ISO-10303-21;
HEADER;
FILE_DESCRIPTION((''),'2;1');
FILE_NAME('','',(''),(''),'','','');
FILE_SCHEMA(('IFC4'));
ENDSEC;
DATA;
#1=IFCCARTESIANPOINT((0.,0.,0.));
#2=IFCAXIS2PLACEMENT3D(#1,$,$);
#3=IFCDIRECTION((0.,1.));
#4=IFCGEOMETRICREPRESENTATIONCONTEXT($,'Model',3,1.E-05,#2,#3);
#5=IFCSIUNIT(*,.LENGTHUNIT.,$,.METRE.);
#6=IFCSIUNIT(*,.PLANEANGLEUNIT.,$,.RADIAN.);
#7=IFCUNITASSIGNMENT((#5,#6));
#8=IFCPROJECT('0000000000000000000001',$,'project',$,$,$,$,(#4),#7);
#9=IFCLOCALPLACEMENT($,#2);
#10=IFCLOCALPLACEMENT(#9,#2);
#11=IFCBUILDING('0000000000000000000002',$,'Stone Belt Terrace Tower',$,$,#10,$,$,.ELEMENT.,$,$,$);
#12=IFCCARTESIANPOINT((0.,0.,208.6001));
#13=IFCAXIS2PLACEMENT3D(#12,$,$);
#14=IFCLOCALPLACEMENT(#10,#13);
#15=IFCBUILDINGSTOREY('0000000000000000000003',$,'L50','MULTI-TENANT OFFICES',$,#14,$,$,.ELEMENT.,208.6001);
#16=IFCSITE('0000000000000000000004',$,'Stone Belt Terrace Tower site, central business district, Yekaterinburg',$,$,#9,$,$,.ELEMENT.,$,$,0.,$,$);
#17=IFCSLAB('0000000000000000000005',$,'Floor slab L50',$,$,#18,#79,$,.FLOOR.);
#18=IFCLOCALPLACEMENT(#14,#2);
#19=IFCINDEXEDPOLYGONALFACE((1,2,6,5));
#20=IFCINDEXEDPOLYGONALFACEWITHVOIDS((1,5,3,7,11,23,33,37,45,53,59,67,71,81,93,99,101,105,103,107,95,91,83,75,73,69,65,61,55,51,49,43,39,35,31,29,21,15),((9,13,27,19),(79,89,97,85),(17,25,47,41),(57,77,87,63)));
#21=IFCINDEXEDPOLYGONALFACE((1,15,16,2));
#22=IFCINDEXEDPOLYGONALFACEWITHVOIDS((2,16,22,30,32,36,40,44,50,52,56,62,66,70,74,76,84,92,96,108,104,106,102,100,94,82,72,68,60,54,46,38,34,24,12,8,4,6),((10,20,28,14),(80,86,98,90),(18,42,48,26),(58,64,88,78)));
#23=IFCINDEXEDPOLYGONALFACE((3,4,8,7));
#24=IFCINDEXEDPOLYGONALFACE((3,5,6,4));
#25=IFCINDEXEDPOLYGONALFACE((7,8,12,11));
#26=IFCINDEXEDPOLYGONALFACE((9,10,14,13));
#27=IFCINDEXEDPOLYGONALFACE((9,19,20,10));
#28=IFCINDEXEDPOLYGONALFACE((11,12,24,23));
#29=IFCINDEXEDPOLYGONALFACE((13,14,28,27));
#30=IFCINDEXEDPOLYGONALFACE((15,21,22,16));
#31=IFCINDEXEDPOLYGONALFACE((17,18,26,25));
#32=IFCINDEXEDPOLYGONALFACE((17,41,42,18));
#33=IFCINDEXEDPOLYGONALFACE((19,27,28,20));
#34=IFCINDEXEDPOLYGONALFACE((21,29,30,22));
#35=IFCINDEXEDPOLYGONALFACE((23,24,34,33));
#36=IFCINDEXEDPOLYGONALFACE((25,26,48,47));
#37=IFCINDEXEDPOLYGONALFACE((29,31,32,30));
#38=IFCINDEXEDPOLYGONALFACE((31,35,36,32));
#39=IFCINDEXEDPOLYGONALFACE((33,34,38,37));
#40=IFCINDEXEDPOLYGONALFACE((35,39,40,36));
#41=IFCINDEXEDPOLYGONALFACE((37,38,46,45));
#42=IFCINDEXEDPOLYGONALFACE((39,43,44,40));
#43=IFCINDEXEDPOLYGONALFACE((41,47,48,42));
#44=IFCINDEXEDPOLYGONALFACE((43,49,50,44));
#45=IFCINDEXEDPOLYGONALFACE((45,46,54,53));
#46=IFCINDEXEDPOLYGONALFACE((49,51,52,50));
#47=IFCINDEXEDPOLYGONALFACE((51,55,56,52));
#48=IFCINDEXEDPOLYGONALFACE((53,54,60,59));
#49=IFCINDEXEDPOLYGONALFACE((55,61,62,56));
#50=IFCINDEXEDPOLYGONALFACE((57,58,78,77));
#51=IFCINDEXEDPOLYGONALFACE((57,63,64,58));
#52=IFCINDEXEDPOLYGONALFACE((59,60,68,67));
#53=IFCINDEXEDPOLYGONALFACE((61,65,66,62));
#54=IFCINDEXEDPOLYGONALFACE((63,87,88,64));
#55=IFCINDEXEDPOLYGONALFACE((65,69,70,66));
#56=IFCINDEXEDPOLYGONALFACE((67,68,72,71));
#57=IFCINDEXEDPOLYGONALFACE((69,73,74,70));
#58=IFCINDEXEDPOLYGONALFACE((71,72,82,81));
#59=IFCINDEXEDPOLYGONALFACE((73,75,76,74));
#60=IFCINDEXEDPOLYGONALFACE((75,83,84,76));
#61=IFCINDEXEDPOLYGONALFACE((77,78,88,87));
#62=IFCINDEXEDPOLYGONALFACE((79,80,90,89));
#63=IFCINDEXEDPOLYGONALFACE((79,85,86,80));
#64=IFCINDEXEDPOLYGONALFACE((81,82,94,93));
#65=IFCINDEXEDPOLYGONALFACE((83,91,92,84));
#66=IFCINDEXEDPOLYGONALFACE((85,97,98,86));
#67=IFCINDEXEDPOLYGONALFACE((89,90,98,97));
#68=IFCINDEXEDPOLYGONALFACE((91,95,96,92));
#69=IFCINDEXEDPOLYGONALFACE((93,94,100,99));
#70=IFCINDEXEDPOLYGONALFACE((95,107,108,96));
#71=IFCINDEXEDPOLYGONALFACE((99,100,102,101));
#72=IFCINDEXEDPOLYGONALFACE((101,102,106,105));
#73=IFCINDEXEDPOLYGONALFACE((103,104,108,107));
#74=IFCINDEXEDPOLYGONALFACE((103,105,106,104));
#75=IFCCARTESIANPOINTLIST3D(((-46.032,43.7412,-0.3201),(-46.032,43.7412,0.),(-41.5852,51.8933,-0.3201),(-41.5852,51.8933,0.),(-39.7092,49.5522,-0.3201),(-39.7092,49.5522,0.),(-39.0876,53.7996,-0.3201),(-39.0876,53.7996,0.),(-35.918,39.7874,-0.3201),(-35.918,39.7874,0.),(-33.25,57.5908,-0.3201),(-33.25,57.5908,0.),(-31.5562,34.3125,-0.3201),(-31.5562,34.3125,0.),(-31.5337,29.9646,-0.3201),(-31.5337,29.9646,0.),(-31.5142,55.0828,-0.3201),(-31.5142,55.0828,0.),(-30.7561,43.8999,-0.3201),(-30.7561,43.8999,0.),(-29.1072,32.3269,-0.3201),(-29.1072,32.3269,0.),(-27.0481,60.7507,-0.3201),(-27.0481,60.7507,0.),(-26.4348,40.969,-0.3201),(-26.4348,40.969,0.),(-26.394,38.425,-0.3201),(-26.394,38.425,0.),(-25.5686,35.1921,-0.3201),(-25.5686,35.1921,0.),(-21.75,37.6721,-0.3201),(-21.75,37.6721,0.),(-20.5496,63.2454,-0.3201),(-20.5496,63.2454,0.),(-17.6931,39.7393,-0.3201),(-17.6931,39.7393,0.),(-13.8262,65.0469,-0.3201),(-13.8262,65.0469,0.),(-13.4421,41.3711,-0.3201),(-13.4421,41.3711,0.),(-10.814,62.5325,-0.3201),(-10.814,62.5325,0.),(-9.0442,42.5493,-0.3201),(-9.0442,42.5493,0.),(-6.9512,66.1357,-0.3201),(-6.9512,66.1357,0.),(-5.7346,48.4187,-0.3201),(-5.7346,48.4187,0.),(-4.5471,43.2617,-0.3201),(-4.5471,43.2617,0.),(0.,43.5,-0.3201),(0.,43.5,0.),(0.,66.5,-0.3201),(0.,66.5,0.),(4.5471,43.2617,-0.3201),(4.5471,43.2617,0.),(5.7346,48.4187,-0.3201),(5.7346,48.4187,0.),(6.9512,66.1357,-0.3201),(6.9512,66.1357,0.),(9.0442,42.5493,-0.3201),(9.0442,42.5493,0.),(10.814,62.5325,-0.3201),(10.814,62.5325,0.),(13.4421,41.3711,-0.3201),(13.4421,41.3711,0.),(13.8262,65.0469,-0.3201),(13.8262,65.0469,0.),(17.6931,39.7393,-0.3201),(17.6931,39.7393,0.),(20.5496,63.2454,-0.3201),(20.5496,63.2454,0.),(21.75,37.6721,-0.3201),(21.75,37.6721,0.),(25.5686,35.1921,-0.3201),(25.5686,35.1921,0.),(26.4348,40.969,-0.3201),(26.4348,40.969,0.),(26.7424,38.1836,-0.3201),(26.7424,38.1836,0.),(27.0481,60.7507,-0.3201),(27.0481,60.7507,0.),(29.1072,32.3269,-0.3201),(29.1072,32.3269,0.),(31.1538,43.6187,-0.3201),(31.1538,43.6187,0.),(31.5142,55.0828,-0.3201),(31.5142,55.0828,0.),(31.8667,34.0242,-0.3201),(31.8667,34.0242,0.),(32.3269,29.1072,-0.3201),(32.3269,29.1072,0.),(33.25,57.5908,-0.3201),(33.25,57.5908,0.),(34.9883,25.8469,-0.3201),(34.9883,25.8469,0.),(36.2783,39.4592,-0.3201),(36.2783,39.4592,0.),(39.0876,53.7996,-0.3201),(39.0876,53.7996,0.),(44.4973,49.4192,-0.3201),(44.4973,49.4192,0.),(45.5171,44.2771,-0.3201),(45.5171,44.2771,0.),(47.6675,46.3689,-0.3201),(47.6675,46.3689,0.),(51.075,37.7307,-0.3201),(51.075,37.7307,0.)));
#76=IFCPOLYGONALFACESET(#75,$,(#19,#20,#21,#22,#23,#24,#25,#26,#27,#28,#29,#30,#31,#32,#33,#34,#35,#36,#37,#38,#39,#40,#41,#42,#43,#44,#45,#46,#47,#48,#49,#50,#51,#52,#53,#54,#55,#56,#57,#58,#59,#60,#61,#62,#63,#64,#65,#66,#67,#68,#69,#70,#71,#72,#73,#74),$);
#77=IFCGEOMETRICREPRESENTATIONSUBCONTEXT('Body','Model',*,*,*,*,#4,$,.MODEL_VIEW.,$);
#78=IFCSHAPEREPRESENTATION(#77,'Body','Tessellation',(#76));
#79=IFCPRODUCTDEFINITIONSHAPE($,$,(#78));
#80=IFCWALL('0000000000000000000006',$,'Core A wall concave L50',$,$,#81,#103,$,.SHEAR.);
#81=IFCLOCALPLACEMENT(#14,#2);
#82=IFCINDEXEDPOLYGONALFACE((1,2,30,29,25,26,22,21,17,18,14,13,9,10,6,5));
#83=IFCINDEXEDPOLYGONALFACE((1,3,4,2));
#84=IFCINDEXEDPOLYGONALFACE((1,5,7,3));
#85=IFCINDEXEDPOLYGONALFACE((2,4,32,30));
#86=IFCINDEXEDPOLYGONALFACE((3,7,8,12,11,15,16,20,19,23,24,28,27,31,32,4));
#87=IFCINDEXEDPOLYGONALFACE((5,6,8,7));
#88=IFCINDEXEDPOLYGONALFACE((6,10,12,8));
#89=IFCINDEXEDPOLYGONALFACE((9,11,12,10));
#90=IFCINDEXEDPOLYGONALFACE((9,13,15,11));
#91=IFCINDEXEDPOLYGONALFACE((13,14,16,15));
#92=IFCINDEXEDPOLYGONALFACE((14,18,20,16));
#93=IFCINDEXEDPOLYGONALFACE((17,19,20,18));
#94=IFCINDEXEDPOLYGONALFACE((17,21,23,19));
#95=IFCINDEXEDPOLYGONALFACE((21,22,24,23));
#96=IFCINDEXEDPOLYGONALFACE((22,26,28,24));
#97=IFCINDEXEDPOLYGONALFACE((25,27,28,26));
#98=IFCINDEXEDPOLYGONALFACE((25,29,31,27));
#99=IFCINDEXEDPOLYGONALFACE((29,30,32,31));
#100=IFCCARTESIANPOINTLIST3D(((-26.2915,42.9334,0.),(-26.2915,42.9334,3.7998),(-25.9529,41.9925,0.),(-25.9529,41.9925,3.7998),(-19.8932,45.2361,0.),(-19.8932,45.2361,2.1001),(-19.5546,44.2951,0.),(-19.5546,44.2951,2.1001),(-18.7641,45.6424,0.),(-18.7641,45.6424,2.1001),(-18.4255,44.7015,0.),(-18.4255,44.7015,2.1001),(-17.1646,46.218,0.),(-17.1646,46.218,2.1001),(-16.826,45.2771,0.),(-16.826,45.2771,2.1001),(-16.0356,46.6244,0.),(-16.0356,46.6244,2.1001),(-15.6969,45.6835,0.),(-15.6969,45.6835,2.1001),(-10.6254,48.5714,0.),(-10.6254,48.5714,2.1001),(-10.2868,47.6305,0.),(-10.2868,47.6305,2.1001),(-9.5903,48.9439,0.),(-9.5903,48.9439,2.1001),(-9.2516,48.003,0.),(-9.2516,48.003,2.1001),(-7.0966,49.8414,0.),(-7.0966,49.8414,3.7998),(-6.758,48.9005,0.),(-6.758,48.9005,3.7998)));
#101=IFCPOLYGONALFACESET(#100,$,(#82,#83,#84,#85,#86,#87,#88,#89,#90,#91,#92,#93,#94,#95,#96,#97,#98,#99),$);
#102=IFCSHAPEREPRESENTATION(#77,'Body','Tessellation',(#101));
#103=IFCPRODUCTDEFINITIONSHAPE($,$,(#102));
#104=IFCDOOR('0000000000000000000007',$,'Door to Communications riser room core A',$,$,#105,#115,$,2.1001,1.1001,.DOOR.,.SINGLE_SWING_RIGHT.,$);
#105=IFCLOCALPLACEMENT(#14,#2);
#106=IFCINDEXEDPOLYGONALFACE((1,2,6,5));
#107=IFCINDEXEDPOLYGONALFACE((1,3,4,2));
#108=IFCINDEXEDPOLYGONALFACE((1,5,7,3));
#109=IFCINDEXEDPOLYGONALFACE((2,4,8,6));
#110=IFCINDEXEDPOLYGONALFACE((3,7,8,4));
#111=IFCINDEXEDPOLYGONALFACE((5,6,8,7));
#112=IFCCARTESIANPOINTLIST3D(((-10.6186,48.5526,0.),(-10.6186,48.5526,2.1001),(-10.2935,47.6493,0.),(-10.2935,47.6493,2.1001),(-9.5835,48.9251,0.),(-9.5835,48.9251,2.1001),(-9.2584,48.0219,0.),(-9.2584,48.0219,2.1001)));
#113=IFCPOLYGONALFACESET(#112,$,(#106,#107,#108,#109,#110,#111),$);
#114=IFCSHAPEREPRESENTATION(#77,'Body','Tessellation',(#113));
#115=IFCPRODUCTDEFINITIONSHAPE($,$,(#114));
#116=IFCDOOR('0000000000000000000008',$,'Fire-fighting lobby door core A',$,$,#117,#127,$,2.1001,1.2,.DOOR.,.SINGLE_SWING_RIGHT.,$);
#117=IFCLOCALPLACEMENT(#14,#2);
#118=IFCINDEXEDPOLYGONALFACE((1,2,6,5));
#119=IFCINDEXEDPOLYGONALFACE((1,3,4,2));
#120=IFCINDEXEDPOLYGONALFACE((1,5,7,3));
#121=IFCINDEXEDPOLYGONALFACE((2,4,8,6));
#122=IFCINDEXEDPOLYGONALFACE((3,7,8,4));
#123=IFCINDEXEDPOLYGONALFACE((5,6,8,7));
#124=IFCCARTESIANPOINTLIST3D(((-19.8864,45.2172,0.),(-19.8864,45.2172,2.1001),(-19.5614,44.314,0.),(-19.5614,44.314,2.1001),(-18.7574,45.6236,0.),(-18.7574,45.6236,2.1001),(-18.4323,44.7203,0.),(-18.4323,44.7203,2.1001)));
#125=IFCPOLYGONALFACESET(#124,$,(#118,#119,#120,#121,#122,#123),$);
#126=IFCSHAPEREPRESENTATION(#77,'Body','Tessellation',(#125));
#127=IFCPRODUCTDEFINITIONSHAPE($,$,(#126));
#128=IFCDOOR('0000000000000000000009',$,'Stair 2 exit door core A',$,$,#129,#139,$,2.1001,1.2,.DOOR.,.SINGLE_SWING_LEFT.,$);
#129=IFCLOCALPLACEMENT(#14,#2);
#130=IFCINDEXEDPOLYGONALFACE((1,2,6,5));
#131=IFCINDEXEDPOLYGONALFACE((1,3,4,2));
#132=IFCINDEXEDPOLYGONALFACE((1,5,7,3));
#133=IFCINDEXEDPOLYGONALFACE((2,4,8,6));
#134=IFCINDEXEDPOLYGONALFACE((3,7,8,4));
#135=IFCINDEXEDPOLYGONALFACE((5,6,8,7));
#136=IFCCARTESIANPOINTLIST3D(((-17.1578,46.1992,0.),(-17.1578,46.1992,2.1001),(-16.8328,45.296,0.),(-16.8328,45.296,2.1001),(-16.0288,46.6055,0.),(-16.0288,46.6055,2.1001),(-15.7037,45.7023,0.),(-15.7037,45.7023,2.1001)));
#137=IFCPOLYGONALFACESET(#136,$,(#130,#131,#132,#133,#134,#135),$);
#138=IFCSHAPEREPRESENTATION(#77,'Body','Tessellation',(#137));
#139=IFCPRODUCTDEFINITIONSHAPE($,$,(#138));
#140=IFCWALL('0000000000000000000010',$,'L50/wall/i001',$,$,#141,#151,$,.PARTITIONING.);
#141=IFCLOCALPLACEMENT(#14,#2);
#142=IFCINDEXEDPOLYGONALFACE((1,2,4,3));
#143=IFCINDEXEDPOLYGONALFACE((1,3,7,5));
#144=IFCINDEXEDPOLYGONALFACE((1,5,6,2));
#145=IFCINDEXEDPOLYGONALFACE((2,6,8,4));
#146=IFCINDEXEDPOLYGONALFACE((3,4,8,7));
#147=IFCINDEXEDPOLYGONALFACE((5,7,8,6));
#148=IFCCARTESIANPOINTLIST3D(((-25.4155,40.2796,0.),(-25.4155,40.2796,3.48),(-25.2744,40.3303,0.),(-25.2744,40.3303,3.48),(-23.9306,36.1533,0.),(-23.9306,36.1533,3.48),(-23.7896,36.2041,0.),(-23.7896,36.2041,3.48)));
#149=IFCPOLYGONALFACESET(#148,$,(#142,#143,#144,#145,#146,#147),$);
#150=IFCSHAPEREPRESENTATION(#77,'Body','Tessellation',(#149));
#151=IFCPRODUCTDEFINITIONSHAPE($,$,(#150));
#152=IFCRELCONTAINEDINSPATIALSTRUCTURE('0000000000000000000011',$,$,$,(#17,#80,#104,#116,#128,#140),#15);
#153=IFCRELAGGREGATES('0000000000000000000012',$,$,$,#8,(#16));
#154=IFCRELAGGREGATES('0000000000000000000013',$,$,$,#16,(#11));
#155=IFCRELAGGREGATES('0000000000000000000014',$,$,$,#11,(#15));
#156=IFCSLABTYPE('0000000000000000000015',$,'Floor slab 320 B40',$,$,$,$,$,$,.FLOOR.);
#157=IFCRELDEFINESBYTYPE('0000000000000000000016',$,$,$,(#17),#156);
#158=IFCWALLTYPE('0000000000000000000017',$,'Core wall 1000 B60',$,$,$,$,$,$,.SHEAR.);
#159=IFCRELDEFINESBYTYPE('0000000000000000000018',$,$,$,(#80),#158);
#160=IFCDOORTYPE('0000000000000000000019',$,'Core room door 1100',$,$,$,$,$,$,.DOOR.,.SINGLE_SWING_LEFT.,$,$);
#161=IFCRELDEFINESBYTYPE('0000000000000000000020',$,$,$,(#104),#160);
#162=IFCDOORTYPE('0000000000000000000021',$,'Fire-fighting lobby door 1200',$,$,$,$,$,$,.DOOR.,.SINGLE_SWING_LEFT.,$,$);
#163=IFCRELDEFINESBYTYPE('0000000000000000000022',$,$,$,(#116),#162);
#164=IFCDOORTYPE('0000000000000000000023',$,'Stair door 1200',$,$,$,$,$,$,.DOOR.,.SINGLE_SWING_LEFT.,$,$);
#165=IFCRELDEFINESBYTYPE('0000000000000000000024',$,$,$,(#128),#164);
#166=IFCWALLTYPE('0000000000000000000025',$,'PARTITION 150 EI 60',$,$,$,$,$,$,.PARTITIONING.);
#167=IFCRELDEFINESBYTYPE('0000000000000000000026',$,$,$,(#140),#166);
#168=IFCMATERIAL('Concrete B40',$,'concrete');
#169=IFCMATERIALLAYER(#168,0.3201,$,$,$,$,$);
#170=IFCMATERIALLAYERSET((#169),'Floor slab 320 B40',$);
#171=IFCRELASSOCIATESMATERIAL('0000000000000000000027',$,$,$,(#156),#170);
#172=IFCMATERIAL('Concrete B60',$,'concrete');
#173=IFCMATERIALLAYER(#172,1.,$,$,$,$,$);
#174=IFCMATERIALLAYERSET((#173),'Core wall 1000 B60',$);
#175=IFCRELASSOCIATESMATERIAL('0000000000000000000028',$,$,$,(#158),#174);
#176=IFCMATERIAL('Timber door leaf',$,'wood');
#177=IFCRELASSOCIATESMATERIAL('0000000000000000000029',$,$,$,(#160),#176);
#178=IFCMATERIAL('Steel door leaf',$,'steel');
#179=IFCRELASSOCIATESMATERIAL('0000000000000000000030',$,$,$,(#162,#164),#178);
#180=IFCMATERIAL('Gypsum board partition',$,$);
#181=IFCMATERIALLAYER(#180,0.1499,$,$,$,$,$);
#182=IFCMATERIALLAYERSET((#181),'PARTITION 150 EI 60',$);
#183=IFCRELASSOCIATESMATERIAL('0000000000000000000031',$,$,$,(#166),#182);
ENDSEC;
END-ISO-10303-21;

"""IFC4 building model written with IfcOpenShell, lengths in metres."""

from ifc_helpers import new_model, si_unit, direction, frame, frame_2d, origin, place, context, subcontext, project, spatial, polyline, rectangle, outline, extrude, material, layer, layer_set, type_object, element, fill, save


model = new_model("IFC4")

# Units and contexts
model_context = context("Model", 3, precision=1e-05, world=origin(), true_north=direction((0.0, 1.0)))
body_context = subcontext(model_context, "Body", "Model", "MODEL_VIEW")
ifc_project = project(units=[si_unit("LENGTHUNIT", "METRE"), si_unit("PLANEANGLEUNIT", "RADIAN")], contexts=[model_context])

# Site, building, storey
site_placement = place(None, origin())
site = spatial("IfcSite", under=ifc_project, at=site_placement, Name="Stone Belt Terrace Tower site, central business district, Yekaterinburg", CompositionType="ELEMENT", RefElevation=0.0)
building_placement = place(site_placement, origin())
building = spatial("IfcBuilding", under=site, at=building_placement, Name="Stone Belt Terrace Tower", CompositionType="ELEMENT")
storey_placement = place(building_placement, frame((0.0, 0.0, 208.6001)))
storey = spatial("IfcBuildingStorey", under=building, at=storey_placement, Name="L50", Description="MULTI-TENANT OFFICES", CompositionType="ELEMENT", Elevation=208.6001)

# Shared definitions
ifc_material_1 = material(Name="Concrete B60", Category="concrete")

# Slab
ifc_material_2 = material(Name="Concrete B40", Category="concrete")
ifc_layer_1 = layer(ifc_material_2, 0.3201)
ifc_layer_set_1 = layer_set([ifc_layer_1], Name="Floor slab 320 B40")
slab_type = type_object("IfcSlabType", Name="Floor slab 320 B40", PredefinedType="FLOOR", material=ifc_layer_set_1)
slab_placement = place(storey_placement, frame((0.0, 0.0, -0.3201)))
element("IfcSlab", 1, at=slab_placement, inside=storey, type_object=slab_type, Name="Floor slab L50", PredefinedType="FLOOR", context=body_context, shape_type="SweptSolid", body=[
    extrude(outline(polyline([(-39.0876, 53.7996), (-33.25, 57.5908), (-27.0481, 60.7507), (-20.5496, 63.2454), (-13.8262, 65.0469), (-6.9512, 66.1357), (0.0, 66.5), (6.9512, 66.1357), (13.8262, 65.0469), (20.5496, 63.2454), (27.0481, 60.7507), (33.25, 57.5908), (39.0876, 53.7996), (44.4973, 49.4192), (47.6675, 46.3689), (45.5171, 44.2771), (51.075, 37.7307), (34.9883, 25.8469), (32.3269, 29.1072), (29.1072, 32.3269), (25.5686, 35.1921), (21.75, 37.6721), (17.6931, 39.7393), (13.4421, 41.3711), (9.0442, 42.5493), (4.5471, 43.2617), (0.0, 43.5), (-4.5471, 43.2617), (-9.0442, 42.5493), (-13.4421, 41.3711), (-17.6931, 39.7393), (-21.75, 37.6721), (-25.5686, 35.1921), (-29.1072, 32.3269), (-31.5337, 29.9646), (-46.032, 43.7412), (-39.7092, 49.5522), (-41.5852, 51.8933), (-39.0876, 53.7996)]), holes=[polyline([(-26.4348, 40.969), (-5.7346, 48.4187), (-10.814, 62.5325), (-31.5142, 55.0828), (-26.4348, 40.969)]), polyline([(10.814, 62.5325), (5.7346, 48.4187), (26.4348, 40.969), (31.5142, 55.0828), (10.814, 62.5325)]), polyline([(-35.918, 39.7874), (-31.5562, 34.3125), (-26.394, 38.425), (-30.7561, 43.8999), (-35.918, 39.7874)]), polyline([(36.2783, 39.4592), (31.1538, 43.6187), (26.7424, 38.1836), (31.8667, 34.0242), (36.2783, 39.4592)])]), origin(), (0.0, 0.0, 1.0), 0.3201),
])

# Wall, openings, doors
ifc_layer_2 = layer(ifc_material_1, 1.0)
ifc_layer_set_2 = layer_set([ifc_layer_2], Name="Core wall 1000 B60")
wall_type_1 = type_object("IfcWallType", Name="Core wall 1000 B60", PredefinedType="SHEAR", material=ifc_layer_set_2)
wall_1_placement = place(storey_placement, frame((-26.1223, 42.4629, 0.0), z_axis=(0.0, 0.0, 1.0), x_axis=(0.940921, 0.338625, 0.0)))
wall_1 = element("IfcWall", 2, at=wall_1_placement, inside=storey, type_object=wall_type_1, Name="Core A wall concave L50", PredefinedType="SHEAR", context=body_context, shape_type="SweptSolid", body=[
    extrude(rectangle(XDim=20.4001, YDim=1.0, at=frame_2d((10.2002, 0.0))), origin(), (0.0, 0.0, 1.0), 3.7998),
])
opening_1_placement = place(wall_1_placement, frame((6.8, 0.0, 0.0)))
opening_1 = element("IfcOpeningElement", 3, at=opening_1_placement, cuts=wall_1, PredefinedType="OPENING", context=body_context, shape_type="SweptSolid", body=[
    extrude(rectangle(XDim=1.2, YDim=2.1001, at=frame_2d((0.6001, 1.05))), frame((0.0, 0.51, 0.0), z_axis=(0.0, -1.0, 0.0), x_axis=(1.0, 0.0, 0.0)), (0.0, 0.0, 1.0), 1.02),
])
opening_2_placement = place(wall_1_placement, frame((9.7, 0.0, 0.0)))
opening_2 = element("IfcOpeningElement", 4, at=opening_2_placement, cuts=wall_1, PredefinedType="OPENING", context=body_context, shape_type="SweptSolid", body=[
    extrude(rectangle(XDim=1.2, YDim=2.1001, at=frame_2d((0.6001, 1.05))), frame((0.0, 0.51, 0.0), z_axis=(0.0, -1.0, 0.0), x_axis=(1.0, 0.0, 0.0)), (0.0, 0.0, 1.0), 1.02),
])
opening_3_placement = place(wall_1_placement, frame((16.6499, 0.0, 0.0)))
opening_3 = element("IfcOpeningElement", 5, at=opening_3_placement, cuts=wall_1, PredefinedType="OPENING", context=body_context, shape_type="SweptSolid", body=[
    extrude(rectangle(XDim=1.1001, YDim=2.1001, at=frame_2d((0.55, 1.05))), frame((0.0, 0.51, 0.0), z_axis=(0.0, -1.0, 0.0), x_axis=(1.0, 0.0, 0.0)), (0.0, 0.0, 1.0), 1.02),
])
ifc_material_3 = material(Name="Timber door leaf", Category="wood")
door_type_1 = type_object("IfcDoorType", Name="Core room door 1100", OperationType="SINGLE_SWING_LEFT", PredefinedType="DOOR", material=ifc_material_3)
door_1_placement = place(opening_3_placement, origin())
door_1 = element("IfcDoor", 6, at=door_1_placement, inside=storey, type_object=door_type_1, Name="Door to Communications riser room core A", OperationType="SINGLE_SWING_RIGHT", OverallHeight=2.1001, OverallWidth=1.1001, PredefinedType="DOOR", context=body_context, shape_type="SweptSolid", body=[
    extrude(rectangle(XDim=1.1001, YDim=2.1001, at=frame_2d((0.55, 1.05))), frame((0.0, 0.48, 0.0), z_axis=(0.0, -1.0, 0.0), x_axis=(1.0, 0.0, 0.0)), (0.0, 0.0, 1.0), 0.96),
])
fill(opening_3, door_1)
ifc_material_4 = material(Name="Steel door leaf", Category="steel")
door_type_2 = type_object("IfcDoorType", Name="Fire-fighting lobby door 1200", OperationType="SINGLE_SWING_LEFT", PredefinedType="DOOR", material=ifc_material_4)
door_2_placement = place(opening_1_placement, origin())
door_2 = element("IfcDoor", 7, at=door_2_placement, inside=storey, type_object=door_type_2, Name="Fire-fighting lobby door core A", OperationType="SINGLE_SWING_RIGHT", OverallHeight=2.1001, OverallWidth=1.2, PredefinedType="DOOR", context=body_context, shape_type="SweptSolid", body=[
    extrude(rectangle(XDim=1.2, YDim=2.1001, at=frame_2d((0.6001, 1.05))), frame((0.0, 0.48, 0.0), z_axis=(0.0, -1.0, 0.0), x_axis=(1.0, 0.0, 0.0)), (0.0, 0.0, 1.0), 0.96),
])
fill(opening_1, door_2)
door_type_3 = type_object("IfcDoorType", Name="Stair door 1200", OperationType="SINGLE_SWING_LEFT", PredefinedType="DOOR", material=ifc_material_4)
door_3_placement = place(opening_2_placement, origin())
door_3 = element("IfcDoor", 8, at=door_3_placement, inside=storey, type_object=door_type_3, Name="Stair 2 exit door core A", OperationType="SINGLE_SWING_LEFT", OverallHeight=2.1001, OverallWidth=1.2, PredefinedType="DOOR", context=body_context, shape_type="SweptSolid", body=[
    extrude(rectangle(XDim=1.2, YDim=2.1001, at=frame_2d((0.6001, 1.05))), frame((0.0, 0.48, 0.0), z_axis=(0.0, -1.0, 0.0), x_axis=(1.0, 0.0, 0.0)), (0.0, 0.0, 1.0), 0.96),
])
fill(opening_2, door_3)

# Wall
ifc_material_5 = material(Name="Gypsum board partition")
ifc_layer_3 = layer(ifc_material_5, 0.1499)
ifc_layer_set_3 = layer_set([ifc_layer_3], Name="PARTITION 150 EI 60")
wall_type_2 = type_object("IfcWallType", Name="PARTITION 150 EI 60", PredefinedType="PARTITIONING", material=ifc_layer_set_3)
wall_2_placement = place(storey_placement, frame((-25.345, 40.3049, 0.0), z_axis=(0.0, 0.0, 1.0), x_axis=(0.338603, -0.940929, 0.0)))
element("IfcWall", 9, at=wall_2_placement, inside=storey, type_object=wall_type_2, Name="L50/wall/i001", PredefinedType="PARTITIONING", context=body_context, shape_type="SweptSolid", body=[
    extrude(rectangle(XDim=4.3853, YDim=0.1499, at=frame_2d((2.1926, 0.0))), origin(), (0.0, 0.0, 1.0), 3.48),
])

save(model, "model.ifc")
